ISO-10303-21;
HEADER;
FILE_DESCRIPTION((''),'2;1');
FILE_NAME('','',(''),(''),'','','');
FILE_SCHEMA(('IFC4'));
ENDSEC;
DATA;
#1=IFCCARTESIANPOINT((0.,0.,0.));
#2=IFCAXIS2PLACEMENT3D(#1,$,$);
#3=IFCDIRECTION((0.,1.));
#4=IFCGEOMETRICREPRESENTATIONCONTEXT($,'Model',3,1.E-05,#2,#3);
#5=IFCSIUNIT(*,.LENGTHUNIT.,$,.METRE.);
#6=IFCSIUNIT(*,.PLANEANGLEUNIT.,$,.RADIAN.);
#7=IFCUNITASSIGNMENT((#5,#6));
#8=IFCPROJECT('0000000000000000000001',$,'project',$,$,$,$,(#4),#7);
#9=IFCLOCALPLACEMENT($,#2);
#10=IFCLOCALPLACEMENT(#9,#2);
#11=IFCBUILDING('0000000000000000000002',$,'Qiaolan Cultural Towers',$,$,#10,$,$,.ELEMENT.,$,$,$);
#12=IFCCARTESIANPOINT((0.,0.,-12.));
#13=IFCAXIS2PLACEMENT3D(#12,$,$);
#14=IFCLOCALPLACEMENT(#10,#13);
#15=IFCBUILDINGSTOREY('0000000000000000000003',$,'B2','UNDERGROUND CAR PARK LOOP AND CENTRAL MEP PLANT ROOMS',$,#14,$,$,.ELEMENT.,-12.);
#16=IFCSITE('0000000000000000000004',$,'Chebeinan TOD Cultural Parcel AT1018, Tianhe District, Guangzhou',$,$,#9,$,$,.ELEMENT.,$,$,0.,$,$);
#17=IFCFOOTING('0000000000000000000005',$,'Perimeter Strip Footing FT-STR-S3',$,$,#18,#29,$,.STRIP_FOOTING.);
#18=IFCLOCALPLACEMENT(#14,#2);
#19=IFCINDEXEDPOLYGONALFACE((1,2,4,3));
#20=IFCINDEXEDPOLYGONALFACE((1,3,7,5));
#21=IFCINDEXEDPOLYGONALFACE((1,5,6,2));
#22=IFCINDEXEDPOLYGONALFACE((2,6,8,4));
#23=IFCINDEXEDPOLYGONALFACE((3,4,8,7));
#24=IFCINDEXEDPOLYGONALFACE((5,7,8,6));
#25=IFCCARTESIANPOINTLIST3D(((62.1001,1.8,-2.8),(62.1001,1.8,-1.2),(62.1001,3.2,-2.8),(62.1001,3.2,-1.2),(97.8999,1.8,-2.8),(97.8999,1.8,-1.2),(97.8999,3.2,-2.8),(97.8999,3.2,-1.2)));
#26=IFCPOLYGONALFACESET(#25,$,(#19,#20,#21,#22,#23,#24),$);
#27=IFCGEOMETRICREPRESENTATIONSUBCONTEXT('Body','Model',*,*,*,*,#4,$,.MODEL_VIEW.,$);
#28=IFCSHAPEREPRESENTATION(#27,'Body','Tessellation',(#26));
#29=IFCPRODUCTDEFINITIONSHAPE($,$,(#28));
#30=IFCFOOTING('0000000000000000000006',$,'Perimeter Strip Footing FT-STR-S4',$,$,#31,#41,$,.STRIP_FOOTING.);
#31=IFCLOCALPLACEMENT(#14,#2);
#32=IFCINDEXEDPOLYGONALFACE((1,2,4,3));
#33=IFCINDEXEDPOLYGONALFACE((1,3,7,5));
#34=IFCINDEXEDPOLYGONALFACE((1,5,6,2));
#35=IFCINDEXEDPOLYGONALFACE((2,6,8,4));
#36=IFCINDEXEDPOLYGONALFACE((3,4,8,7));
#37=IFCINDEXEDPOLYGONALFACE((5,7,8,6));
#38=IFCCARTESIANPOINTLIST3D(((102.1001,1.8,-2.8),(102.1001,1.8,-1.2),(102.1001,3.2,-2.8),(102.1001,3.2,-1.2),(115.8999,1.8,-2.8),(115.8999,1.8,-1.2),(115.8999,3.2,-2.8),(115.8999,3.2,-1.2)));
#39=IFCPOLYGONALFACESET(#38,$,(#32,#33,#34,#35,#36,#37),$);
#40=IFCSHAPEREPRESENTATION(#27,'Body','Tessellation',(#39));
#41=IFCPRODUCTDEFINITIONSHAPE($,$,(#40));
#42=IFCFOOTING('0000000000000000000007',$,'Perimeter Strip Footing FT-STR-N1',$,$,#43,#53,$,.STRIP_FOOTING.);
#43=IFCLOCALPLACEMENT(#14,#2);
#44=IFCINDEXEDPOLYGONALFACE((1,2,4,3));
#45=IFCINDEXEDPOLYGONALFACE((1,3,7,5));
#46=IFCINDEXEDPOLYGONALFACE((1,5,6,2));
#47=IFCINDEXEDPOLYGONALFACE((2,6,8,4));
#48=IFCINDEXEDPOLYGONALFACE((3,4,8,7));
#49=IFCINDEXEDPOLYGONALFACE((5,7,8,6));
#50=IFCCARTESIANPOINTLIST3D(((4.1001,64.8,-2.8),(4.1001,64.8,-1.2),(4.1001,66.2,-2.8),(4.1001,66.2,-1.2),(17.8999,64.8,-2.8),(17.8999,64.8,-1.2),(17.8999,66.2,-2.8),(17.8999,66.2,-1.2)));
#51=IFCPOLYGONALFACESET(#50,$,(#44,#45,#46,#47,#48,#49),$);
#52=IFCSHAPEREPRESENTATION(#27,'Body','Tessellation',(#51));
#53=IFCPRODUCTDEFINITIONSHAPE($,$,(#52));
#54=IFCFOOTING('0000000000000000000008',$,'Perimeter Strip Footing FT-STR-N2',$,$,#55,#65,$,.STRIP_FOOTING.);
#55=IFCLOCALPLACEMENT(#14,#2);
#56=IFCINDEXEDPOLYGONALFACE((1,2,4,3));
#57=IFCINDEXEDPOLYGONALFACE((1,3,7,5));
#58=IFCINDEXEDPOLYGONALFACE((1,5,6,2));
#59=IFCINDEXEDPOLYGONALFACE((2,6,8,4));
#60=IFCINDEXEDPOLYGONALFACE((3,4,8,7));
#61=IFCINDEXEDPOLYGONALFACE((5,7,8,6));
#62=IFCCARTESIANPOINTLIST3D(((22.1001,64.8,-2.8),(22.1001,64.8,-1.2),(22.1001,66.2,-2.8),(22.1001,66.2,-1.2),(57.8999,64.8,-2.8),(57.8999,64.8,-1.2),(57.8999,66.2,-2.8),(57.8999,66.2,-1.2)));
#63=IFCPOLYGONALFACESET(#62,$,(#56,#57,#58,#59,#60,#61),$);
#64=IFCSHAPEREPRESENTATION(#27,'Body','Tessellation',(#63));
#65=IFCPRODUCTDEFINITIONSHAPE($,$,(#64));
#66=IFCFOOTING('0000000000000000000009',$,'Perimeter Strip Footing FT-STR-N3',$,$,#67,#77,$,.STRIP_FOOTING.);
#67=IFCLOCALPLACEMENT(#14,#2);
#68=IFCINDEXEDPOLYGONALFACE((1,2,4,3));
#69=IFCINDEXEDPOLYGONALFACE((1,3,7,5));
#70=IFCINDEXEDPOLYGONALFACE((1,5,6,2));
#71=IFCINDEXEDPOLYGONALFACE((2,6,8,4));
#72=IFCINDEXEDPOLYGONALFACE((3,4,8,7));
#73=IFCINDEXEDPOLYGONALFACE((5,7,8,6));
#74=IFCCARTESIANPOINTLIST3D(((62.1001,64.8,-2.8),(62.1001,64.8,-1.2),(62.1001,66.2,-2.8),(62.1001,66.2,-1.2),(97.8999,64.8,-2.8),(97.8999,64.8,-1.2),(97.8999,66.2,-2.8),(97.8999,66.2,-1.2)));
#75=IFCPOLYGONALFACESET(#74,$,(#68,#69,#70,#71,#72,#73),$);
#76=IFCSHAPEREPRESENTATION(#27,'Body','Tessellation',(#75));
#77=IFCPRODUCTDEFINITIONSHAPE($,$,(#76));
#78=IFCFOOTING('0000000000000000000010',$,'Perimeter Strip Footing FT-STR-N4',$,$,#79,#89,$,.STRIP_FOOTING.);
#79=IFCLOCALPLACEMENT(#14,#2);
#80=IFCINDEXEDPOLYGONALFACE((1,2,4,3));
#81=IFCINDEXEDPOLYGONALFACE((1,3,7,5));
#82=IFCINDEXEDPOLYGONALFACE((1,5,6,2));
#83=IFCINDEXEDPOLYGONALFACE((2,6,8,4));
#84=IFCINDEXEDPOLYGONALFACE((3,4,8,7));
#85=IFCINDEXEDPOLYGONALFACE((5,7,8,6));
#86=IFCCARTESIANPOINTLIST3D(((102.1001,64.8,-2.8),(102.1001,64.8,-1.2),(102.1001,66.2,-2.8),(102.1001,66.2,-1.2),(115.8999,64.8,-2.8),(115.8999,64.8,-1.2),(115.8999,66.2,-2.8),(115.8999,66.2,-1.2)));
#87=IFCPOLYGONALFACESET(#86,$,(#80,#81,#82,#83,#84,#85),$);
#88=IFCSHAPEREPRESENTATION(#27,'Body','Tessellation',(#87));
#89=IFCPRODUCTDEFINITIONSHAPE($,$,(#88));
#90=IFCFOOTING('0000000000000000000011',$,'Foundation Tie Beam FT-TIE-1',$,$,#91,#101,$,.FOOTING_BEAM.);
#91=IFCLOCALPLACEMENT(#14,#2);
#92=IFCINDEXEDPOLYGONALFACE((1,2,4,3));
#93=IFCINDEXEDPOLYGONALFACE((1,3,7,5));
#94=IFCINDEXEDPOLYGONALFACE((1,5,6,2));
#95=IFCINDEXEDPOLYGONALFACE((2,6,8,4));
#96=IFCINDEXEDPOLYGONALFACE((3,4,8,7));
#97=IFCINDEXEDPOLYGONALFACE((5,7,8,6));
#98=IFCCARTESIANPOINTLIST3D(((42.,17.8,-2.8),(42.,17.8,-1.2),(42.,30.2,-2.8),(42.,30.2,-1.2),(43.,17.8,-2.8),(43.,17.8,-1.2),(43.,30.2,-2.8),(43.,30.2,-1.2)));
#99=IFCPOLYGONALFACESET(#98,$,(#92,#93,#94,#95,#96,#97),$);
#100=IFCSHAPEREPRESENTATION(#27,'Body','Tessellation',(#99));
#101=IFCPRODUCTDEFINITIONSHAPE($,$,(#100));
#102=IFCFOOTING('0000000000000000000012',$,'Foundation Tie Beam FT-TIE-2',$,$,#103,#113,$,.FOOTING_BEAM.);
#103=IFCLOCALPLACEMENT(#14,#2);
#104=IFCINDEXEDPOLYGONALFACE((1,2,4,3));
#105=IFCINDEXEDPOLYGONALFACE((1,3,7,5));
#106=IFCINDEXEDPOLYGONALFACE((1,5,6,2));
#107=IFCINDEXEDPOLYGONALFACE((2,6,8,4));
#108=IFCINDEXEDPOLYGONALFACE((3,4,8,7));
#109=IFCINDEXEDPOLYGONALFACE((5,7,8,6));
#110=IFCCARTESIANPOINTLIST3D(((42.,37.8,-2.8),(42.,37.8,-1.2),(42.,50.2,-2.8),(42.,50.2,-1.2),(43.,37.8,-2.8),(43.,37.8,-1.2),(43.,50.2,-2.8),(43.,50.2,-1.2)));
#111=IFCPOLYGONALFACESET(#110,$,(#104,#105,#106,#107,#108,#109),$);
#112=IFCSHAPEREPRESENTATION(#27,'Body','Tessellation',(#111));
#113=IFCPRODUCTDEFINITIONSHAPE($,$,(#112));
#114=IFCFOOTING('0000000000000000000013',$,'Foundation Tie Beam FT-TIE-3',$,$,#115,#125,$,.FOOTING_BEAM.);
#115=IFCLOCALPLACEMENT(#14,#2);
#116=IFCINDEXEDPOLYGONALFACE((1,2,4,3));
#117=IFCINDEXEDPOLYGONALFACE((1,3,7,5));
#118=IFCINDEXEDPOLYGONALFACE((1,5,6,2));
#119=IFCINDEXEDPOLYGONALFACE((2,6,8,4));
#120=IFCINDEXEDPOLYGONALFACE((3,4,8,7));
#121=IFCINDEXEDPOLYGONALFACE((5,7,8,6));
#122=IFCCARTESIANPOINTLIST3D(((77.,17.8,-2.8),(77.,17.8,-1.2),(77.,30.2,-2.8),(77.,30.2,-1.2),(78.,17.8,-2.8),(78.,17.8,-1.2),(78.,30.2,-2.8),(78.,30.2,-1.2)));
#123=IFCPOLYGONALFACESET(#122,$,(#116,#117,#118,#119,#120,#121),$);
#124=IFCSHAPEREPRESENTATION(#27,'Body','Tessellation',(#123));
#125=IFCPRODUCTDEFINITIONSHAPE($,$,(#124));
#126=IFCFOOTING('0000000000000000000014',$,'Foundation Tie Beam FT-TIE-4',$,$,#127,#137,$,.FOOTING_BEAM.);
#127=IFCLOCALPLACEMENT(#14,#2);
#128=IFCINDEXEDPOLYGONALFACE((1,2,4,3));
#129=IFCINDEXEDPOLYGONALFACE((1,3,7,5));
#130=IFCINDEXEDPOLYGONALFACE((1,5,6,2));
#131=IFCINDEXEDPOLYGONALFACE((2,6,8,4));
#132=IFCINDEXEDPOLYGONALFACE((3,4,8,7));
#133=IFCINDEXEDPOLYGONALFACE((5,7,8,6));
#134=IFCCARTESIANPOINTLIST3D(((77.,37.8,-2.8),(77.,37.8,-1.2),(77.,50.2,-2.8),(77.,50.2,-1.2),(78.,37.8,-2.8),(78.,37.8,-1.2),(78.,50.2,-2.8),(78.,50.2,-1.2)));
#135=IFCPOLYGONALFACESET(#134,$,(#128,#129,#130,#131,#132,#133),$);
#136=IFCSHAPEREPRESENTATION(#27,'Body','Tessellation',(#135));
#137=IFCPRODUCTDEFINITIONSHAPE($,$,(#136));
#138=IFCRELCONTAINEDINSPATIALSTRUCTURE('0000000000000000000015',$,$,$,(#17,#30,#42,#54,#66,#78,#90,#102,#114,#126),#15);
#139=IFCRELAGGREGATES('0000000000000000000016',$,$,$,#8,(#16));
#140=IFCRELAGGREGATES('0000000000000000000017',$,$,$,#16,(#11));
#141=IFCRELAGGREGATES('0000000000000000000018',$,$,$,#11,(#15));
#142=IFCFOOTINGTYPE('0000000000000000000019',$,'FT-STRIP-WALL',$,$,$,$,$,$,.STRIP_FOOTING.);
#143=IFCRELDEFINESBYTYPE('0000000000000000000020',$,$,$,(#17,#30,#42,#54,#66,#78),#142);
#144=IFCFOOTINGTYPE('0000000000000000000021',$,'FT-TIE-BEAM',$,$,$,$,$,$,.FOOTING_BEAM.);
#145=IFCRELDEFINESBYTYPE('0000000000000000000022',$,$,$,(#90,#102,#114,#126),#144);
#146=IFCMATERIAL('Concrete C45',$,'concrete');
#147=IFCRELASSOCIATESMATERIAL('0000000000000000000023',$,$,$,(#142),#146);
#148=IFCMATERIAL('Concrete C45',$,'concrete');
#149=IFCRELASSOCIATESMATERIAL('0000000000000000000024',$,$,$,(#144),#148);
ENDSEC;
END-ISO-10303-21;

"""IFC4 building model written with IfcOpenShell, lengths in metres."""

from ifc_helpers import new_model, si_unit, direction, frame, origin, place, context, subcontext, project, spatial, polyline, outline, extrude, material, type_object, element, save


model = new_model("IFC4")

# Units and contexts
model_context = context("Model", 3, precision=1e-05, world=origin(), true_north=direction((0.0, 1.0)))
body_context = subcontext(model_context, "Body", "Model", "MODEL_VIEW")
ifc_project = project(units=[si_unit("LENGTHUNIT", "METRE"), si_unit("PLANEANGLEUNIT", "RADIAN")], contexts=[model_context])

# Site, building, storey
site_placement = place(None, origin())
site = spatial("IfcSite", under=ifc_project, at=site_placement, Name="Chebeinan TOD Cultural Parcel AT1018, Tianhe District, Guangzhou", CompositionType="ELEMENT", RefElevation=0.0)
building_placement = place(site_placement, origin())
building = spatial("IfcBuilding", under=site, at=building_placement, Name="Qiaolan Cultural Towers", CompositionType="ELEMENT")
storey_placement = place(building_placement, frame((0.0, 0.0, -12.0)))
storey = spatial("IfcBuildingStorey", under=building, at=storey_placement, Name="B2", Description="UNDERGROUND CAR PARK LOOP AND CENTRAL MEP PLANT ROOMS", CompositionType="ELEMENT", Elevation=-12.0)

# Footings
ifc_material_1 = material(Name="Concrete C45", Category="concrete")
footing_type_1 = type_object("IfcFootingType", Name="FT-STRIP-WALL", PredefinedType="STRIP_FOOTING", material=ifc_material_1)
footing_1_placement = place(storey_placement, frame((0.0, 0.0, -2.8)))
element("IfcFooting", 1, at=footing_1_placement, inside=storey, type_object=footing_type_1, Name="Perimeter Strip Footing FT-STR-S3", PredefinedType="STRIP_FOOTING", context=body_context, shape_type="SweptSolid", body=[
    extrude(outline(polyline([(62.1001, 1.8), (97.8999, 1.8), (97.8999, 3.2), (62.1001, 3.2), (62.1001, 1.8)])), origin(), (0.0, 0.0, 1.0), 1.6001),
])
footing_2_placement = place(storey_placement, frame((0.0, 0.0, -2.8)))
element("IfcFooting", 2, at=footing_2_placement, inside=storey, type_object=footing_type_1, Name="Perimeter Strip Footing FT-STR-S4", PredefinedType="STRIP_FOOTING", context=body_context, shape_type="SweptSolid", body=[
    extrude(outline(polyline([(102.1001, 1.8), (115.8999, 1.8), (115.8999, 3.2), (102.1001, 3.2), (102.1001, 1.8)])), origin(), (0.0, 0.0, 1.0), 1.6001),
])
footing_3_placement = place(storey_placement, frame((0.0, 0.0, -2.8)))
element("IfcFooting", 3, at=footing_3_placement, inside=storey, type_object=footing_type_1, Name="Perimeter Strip Footing FT-STR-N1", PredefinedType="STRIP_FOOTING", context=body_context, shape_type="SweptSolid", body=[
    extrude(outline(polyline([(4.1001, 64.8), (17.8999, 64.8), (17.8999, 66.2), (4.1001, 66.2), (4.1001, 64.8)])), origin(), (0.0, 0.0, 1.0), 1.6001),
])
footing_4_placement = place(storey_placement, frame((0.0, 0.0, -2.8)))
element("IfcFooting", 4, at=footing_4_placement, inside=storey, type_object=footing_type_1, Name="Perimeter Strip Footing FT-STR-N2", PredefinedType="STRIP_FOOTING", context=body_context, shape_type="SweptSolid", body=[
    extrude(outline(polyline([(22.1001, 64.8), (57.8999, 64.8), (57.8999, 66.2), (22.1001, 66.2), (22.1001, 64.8)])), origin(), (0.0, 0.0, 1.0), 1.6001),
])
footing_5_placement = place(storey_placement, frame((0.0, 0.0, -2.8)))
element("IfcFooting", 5, at=footing_5_placement, inside=storey, type_object=footing_type_1, Name="Perimeter Strip Footing FT-STR-N3", PredefinedType="STRIP_FOOTING", context=body_context, shape_type="SweptSolid", body=[
    extrude(outline(polyline([(62.1001, 64.8), (97.8999, 64.8), (97.8999, 66.2), (62.1001, 66.2), (62.1001, 64.8)])), origin(), (0.0, 0.0, 1.0), 1.6001),
])
footing_6_placement = place(storey_placement, frame((0.0, 0.0, -2.8)))
element("IfcFooting", 6, at=footing_6_placement, inside=storey, type_object=footing_type_1, Name="Perimeter Strip Footing FT-STR-N4", PredefinedType="STRIP_FOOTING", context=body_context, shape_type="SweptSolid", body=[
    extrude(outline(polyline([(102.1001, 64.8), (115.8999, 64.8), (115.8999, 66.2), (102.1001, 66.2), (102.1001, 64.8)])), origin(), (0.0, 0.0, 1.0), 1.6001),
])
ifc_material_2 = material(Name="Concrete C45", Category="concrete")
footing_type_2 = type_object("IfcFootingType", Name="FT-TIE-BEAM", PredefinedType="FOOTING_BEAM", material=ifc_material_2)
footing_7_placement = place(storey_placement, frame((0.0, 0.0, -2.8)))
element("IfcFooting", 7, at=footing_7_placement, inside=storey, type_object=footing_type_2, Name="Foundation Tie Beam FT-TIE-1", PredefinedType="FOOTING_BEAM", context=body_context, shape_type="SweptSolid", body=[
    extrude(outline(polyline([(42.0, 17.8), (43.0, 17.8), (43.0, 30.2), (42.0, 30.2), (42.0, 17.8)])), origin(), (0.0, 0.0, 1.0), 1.6001),
])
footing_8_placement = place(storey_placement, frame((0.0, 0.0, -2.8)))
element("IfcFooting", 8, at=footing_8_placement, inside=storey, type_object=footing_type_2, Name="Foundation Tie Beam FT-TIE-2", PredefinedType="FOOTING_BEAM", context=body_context, shape_type="SweptSolid", body=[
    extrude(outline(polyline([(42.0, 37.8), (43.0, 37.8), (43.0, 50.2), (42.0, 50.2), (42.0, 37.8)])), origin(), (0.0, 0.0, 1.0), 1.6001),
])
footing_9_placement = place(storey_placement, frame((0.0, 0.0, -2.8)))
element("IfcFooting", 9, at=footing_9_placement, inside=storey, type_object=footing_type_2, Name="Foundation Tie Beam FT-TIE-3", PredefinedType="FOOTING_BEAM", context=body_context, shape_type="SweptSolid", body=[
    extrude(outline(polyline([(77.0, 17.8), (78.0, 17.8), (78.0, 30.2), (77.0, 30.2), (77.0, 17.8)])), origin(), (0.0, 0.0, 1.0), 1.6001),
])
footing_10_placement = place(storey_placement, frame((0.0, 0.0, -2.8)))
element("IfcFooting", 10, at=footing_10_placement, inside=storey, type_object=footing_type_2, Name="Foundation Tie Beam FT-TIE-4", PredefinedType="FOOTING_BEAM", context=body_context, shape_type="SweptSolid", body=[
    extrude(outline(polyline([(77.0, 37.8), (78.0, 37.8), (78.0, 50.2), (77.0, 50.2), (77.0, 37.8)])), origin(), (0.0, 0.0, 1.0), 1.6001),
])

save(model, "model.ifc")
